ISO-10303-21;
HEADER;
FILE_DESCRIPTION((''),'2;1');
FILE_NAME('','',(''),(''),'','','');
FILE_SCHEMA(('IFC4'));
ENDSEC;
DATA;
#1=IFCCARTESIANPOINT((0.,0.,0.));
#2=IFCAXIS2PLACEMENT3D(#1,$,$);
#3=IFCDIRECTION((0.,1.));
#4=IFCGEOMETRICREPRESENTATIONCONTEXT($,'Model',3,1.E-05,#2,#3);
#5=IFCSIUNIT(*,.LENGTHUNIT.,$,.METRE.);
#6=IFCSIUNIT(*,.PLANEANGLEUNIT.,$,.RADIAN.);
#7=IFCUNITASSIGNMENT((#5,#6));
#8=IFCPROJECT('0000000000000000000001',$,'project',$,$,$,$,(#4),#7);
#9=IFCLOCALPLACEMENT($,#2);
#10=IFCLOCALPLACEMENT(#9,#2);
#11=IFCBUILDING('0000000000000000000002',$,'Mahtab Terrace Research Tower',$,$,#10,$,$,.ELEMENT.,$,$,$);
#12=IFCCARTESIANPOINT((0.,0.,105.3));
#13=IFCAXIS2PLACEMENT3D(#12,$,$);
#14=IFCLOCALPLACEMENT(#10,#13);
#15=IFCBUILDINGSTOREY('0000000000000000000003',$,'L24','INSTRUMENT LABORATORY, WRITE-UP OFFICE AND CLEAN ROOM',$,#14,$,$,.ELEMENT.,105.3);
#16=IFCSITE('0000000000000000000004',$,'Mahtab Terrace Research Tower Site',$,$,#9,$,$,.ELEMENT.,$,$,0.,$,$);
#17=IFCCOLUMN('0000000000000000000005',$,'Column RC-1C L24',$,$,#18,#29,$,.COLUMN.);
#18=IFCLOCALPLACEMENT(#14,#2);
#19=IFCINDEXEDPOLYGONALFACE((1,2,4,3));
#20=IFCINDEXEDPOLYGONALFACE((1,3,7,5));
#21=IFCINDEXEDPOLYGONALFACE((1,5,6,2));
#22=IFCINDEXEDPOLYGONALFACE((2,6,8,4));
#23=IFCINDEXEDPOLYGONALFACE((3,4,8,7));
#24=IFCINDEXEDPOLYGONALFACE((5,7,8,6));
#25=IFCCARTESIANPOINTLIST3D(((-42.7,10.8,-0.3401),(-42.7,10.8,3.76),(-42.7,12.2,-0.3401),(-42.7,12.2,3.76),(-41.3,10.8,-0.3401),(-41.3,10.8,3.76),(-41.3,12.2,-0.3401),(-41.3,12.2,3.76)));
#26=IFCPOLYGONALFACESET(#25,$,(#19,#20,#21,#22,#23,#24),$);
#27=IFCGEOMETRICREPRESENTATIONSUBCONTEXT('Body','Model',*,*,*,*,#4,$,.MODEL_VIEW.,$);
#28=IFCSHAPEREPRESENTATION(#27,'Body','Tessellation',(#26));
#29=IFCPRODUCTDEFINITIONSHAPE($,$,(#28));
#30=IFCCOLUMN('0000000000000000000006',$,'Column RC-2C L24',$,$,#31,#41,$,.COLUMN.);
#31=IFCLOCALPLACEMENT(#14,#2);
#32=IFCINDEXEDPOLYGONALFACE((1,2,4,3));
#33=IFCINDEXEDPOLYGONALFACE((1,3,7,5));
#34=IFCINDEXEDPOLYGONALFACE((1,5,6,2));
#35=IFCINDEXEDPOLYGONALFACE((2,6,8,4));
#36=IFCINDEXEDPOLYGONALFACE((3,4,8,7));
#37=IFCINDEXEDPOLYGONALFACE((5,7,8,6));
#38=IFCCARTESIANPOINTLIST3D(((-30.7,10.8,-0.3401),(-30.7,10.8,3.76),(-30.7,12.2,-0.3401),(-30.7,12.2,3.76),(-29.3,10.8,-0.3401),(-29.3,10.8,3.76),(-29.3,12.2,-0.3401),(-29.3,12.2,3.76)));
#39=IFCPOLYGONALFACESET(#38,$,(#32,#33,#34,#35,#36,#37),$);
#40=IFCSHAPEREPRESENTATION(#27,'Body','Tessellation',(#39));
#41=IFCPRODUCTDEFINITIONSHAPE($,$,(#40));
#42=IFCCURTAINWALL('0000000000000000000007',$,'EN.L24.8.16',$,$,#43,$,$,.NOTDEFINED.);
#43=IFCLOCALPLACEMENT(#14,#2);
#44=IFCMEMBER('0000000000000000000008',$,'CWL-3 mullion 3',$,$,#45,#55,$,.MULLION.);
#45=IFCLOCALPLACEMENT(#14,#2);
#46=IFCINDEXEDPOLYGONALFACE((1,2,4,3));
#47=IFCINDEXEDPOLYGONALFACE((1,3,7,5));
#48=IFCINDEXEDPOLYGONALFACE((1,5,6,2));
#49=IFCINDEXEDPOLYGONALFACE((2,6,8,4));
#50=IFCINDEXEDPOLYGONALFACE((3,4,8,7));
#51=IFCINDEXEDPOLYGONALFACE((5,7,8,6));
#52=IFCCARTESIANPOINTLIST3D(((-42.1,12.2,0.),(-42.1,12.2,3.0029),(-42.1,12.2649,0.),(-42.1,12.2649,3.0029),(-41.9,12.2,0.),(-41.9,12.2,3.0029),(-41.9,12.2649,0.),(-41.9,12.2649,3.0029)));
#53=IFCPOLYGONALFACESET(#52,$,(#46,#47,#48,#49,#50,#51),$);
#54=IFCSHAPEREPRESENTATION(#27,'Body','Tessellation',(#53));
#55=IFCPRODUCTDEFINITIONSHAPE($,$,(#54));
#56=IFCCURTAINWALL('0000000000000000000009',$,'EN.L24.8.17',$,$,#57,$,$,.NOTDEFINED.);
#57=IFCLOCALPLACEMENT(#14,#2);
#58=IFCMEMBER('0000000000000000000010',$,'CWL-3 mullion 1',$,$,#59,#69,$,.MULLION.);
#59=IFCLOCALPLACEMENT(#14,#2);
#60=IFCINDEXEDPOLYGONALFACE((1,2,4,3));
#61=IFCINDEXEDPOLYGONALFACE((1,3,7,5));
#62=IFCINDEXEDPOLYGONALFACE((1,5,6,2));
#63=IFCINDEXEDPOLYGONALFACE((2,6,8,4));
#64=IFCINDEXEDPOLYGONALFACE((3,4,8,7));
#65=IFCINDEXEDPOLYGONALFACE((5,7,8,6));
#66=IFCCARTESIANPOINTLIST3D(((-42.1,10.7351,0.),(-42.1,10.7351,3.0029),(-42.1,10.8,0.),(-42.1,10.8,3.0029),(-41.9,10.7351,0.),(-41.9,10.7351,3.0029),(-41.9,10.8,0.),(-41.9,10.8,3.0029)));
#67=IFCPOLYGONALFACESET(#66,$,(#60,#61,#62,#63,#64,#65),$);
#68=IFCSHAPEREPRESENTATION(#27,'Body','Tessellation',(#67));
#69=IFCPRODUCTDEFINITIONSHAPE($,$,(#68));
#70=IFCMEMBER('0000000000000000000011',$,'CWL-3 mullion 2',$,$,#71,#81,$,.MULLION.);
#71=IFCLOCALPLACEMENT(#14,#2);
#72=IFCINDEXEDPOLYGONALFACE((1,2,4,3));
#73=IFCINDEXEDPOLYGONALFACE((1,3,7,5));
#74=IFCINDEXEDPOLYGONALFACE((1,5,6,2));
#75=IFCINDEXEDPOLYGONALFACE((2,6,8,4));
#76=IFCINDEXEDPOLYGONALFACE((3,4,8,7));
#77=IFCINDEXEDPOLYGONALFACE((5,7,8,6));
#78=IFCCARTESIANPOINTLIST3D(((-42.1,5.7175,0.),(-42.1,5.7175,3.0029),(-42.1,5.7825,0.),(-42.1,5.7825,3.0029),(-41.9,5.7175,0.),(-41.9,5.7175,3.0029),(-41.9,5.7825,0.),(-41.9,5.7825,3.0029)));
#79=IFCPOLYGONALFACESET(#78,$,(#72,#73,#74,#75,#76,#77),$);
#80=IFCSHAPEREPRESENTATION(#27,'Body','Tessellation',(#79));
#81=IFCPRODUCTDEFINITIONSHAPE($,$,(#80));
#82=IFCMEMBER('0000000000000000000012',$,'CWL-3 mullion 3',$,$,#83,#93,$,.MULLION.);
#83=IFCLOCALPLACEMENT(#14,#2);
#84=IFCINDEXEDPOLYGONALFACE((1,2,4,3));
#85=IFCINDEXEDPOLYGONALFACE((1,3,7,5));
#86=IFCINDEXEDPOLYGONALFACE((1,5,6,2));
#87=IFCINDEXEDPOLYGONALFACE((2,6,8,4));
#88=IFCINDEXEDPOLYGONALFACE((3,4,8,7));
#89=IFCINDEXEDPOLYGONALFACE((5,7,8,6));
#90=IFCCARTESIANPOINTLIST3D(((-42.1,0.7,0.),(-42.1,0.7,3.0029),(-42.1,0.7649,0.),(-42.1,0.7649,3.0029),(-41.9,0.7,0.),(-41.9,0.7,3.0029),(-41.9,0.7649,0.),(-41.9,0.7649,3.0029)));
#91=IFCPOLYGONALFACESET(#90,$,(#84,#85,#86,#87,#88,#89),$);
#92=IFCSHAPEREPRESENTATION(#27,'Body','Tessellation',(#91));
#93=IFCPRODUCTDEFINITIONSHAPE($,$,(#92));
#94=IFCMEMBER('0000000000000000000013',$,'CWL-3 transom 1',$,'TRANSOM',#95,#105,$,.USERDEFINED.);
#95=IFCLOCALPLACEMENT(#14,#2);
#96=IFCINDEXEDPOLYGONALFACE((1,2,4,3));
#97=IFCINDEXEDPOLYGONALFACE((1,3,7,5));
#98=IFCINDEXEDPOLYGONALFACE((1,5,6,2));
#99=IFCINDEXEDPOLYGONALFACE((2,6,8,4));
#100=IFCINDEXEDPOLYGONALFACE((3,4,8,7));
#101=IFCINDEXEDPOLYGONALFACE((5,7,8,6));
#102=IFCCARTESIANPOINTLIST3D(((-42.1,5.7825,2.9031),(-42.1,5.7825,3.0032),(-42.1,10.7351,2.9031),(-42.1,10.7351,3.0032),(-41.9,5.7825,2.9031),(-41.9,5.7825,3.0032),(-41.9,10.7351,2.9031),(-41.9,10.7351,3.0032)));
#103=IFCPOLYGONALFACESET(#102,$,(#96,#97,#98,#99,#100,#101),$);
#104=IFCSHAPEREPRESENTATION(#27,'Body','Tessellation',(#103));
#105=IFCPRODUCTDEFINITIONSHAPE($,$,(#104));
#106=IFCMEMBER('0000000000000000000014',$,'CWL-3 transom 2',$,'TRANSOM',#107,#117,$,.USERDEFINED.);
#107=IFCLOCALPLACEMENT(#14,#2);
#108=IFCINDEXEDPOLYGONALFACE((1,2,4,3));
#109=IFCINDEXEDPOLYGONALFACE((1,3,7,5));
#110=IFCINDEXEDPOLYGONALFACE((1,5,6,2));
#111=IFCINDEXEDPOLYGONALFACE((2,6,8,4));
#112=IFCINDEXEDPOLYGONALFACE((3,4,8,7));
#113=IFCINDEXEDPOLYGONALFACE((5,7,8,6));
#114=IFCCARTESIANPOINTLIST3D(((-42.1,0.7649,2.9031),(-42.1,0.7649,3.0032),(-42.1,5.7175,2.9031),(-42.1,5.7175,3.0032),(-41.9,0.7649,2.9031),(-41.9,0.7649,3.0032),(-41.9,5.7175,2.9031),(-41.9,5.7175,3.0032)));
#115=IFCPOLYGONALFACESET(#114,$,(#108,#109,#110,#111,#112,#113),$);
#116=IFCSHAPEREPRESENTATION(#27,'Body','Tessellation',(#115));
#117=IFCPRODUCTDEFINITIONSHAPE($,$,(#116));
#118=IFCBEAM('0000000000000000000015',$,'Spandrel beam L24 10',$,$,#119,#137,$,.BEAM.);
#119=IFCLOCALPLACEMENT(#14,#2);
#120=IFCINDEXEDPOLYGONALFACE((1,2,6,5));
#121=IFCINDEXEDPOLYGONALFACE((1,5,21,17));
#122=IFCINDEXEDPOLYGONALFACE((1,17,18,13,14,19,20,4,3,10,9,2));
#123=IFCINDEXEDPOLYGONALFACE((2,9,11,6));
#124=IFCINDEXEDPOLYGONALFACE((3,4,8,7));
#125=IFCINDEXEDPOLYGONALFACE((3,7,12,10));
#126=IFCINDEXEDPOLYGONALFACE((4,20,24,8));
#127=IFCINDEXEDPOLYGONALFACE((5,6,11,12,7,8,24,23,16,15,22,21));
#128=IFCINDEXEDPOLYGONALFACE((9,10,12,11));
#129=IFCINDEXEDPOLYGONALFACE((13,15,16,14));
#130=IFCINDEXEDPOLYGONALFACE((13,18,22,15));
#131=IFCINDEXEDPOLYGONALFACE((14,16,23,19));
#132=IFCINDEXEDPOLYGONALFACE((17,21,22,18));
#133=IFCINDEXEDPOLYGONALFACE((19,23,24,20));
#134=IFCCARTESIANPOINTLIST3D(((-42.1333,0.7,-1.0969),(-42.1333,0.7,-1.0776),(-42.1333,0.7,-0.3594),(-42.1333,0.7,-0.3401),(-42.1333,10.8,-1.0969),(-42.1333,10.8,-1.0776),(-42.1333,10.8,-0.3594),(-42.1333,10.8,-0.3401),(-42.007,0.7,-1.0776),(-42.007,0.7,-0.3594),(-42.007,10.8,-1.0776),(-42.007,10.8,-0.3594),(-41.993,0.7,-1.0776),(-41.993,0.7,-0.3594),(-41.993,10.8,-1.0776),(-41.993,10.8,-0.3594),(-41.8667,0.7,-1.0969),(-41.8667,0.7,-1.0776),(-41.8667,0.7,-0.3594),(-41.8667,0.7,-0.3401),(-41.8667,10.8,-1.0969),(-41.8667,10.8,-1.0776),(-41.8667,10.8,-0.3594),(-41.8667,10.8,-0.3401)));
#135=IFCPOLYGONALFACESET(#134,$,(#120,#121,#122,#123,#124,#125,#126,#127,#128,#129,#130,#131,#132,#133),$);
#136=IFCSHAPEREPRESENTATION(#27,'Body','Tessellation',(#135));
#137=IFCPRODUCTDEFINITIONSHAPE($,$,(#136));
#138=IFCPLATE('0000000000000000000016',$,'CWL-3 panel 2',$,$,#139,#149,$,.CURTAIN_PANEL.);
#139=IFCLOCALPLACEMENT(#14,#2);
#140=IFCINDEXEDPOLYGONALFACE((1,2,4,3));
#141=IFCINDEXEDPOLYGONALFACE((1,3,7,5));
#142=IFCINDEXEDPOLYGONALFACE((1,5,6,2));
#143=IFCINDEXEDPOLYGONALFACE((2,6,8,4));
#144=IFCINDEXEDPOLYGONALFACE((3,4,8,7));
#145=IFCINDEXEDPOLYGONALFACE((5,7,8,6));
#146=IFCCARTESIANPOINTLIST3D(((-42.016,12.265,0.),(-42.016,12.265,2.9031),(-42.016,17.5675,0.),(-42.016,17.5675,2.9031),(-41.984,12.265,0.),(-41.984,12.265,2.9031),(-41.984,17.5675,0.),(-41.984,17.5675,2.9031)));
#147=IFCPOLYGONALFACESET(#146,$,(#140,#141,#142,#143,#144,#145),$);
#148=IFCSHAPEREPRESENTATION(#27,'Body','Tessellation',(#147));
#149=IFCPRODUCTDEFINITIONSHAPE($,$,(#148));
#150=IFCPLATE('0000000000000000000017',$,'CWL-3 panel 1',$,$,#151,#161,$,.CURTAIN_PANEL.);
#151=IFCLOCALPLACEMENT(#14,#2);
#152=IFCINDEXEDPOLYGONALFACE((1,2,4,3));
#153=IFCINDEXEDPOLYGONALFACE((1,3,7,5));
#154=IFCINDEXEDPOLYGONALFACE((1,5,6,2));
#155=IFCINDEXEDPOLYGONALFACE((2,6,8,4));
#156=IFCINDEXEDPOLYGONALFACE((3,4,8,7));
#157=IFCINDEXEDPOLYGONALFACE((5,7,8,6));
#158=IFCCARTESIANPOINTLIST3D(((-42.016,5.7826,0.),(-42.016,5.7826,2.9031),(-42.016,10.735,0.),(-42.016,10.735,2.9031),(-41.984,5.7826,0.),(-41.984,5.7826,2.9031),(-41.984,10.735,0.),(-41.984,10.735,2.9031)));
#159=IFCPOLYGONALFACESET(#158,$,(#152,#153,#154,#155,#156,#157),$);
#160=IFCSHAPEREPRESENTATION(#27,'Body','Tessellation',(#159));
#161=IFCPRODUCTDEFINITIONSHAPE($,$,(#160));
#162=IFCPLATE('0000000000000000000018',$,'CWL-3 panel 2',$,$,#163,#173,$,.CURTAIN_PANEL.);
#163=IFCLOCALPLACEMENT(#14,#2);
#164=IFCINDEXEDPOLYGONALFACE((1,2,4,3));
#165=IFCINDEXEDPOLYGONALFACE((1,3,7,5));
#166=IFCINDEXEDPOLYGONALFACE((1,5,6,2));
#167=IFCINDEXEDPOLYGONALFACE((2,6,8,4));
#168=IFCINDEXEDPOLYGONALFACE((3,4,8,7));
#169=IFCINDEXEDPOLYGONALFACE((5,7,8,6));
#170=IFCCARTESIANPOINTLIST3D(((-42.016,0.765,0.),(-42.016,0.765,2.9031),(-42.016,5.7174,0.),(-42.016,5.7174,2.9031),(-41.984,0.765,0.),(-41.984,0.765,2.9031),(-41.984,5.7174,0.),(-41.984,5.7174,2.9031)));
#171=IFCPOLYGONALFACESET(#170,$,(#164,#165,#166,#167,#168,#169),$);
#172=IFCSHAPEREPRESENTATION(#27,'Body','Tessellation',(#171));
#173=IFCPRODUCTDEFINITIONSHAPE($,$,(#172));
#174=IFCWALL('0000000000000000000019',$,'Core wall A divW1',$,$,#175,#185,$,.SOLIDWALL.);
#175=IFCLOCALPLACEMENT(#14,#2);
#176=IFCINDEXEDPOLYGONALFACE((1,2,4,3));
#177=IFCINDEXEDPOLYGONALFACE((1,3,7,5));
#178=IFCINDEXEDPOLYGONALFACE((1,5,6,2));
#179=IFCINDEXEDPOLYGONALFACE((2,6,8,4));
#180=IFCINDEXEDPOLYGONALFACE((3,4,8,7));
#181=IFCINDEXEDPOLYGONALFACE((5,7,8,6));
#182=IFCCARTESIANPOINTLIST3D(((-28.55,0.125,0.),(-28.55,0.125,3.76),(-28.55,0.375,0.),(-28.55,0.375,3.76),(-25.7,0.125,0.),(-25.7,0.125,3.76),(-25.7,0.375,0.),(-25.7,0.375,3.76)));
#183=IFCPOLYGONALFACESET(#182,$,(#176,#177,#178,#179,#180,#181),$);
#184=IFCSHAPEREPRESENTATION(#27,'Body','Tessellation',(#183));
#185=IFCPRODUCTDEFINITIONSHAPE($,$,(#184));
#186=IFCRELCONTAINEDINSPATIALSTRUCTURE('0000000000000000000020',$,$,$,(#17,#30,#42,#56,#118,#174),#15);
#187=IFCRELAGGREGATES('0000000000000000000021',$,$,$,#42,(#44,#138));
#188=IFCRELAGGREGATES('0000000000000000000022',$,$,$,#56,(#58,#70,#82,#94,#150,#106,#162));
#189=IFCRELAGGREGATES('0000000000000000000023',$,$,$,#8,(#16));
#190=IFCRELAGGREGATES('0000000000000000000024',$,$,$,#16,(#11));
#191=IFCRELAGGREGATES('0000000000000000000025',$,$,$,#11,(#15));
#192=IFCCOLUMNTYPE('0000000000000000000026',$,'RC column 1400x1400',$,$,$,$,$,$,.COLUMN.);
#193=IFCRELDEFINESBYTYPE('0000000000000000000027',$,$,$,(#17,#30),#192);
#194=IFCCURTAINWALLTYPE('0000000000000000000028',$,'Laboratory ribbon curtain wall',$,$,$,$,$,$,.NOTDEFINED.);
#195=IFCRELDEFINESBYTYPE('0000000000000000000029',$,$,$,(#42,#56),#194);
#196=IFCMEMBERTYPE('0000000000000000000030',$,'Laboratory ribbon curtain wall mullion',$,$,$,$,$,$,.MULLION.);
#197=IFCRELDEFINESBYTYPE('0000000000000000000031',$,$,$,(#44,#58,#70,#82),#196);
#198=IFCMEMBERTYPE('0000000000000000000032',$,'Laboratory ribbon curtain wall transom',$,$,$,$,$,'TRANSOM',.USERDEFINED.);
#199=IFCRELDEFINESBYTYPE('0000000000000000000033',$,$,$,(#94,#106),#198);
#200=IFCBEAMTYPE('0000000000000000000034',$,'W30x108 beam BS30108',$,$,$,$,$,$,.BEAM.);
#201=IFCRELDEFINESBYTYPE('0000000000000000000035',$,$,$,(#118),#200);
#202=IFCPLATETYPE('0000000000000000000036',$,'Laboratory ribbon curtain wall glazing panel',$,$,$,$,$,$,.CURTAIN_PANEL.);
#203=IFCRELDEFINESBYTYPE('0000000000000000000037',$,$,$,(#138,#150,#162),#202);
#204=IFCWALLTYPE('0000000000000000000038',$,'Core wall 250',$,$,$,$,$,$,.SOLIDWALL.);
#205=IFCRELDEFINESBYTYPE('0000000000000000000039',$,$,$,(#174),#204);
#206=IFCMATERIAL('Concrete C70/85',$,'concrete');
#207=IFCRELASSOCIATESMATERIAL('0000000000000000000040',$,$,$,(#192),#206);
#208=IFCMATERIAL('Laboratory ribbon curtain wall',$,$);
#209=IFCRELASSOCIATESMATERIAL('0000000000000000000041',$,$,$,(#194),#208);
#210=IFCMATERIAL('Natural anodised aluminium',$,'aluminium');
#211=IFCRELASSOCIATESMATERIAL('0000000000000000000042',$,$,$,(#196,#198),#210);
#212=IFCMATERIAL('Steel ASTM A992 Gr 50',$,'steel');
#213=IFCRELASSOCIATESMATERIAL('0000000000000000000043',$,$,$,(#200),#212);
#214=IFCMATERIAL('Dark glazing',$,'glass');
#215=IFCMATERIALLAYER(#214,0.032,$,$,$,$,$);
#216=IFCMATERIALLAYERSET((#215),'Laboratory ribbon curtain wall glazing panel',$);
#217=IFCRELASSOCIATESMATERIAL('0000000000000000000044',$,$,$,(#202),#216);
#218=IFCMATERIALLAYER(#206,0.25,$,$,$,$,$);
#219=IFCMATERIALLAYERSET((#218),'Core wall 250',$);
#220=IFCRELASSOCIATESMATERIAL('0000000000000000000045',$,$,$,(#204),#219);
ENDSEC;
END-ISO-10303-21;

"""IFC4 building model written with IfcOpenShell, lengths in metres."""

from ifc_helpers import new_model, si_unit, direction, frame, frame_2d, origin, origin_2d, place, context, subcontext, project, spatial, rectangle, i_section, extrude, material, layer, layer_set, material_profile, profile_set, type_object, element, aggregate, save


model = new_model("IFC4")

# Units and contexts
model_context = context("Model", 3, precision=1e-05, world=origin(), true_north=direction((0.0, 1.0)))
body_context = subcontext(model_context, "Body", "Model", "MODEL_VIEW")
ifc_project = project(units=[si_unit("LENGTHUNIT", "METRE"), si_unit("PLANEANGLEUNIT", "RADIAN")], contexts=[model_context])

# Site, building, storey
site_placement = place(None, origin())
site = spatial("IfcSite", under=ifc_project, at=site_placement, Name="Mahtab Terrace Research Tower Site", CompositionType="ELEMENT", RefElevation=0.0)
building_placement = place(site_placement, origin())
building = spatial("IfcBuilding", under=site, at=building_placement, Name="Mahtab Terrace Research Tower", CompositionType="ELEMENT")
storey_placement = place(building_placement, frame((0.0, 0.0, 105.3)))
storey = spatial("IfcBuildingStorey", under=building, at=storey_placement, Name="L24", Description="INSTRUMENT LABORATORY, WRITE-UP OFFICE AND CLEAN ROOM", CompositionType="ELEMENT", Elevation=105.3)

# Columns
ifc_material_1 = material(Name="Concrete C70/85", Category="concrete")
ifc_material_profile_1 = material_profile(ifc_material_1, rectangle(XDim=1.3999, YDim=1.3999, at=origin_2d()), Name="RC column 1400x1400")
ifc_profile_set_1 = profile_set([ifc_material_profile_1], Name="Concrete C70/85")
column_type = type_object("IfcColumnType", Name="RC column 1400x1400", PredefinedType="COLUMN", material=ifc_profile_set_1)
for number, where, z_axis, x_axis, name in (
    (1, (-42.0, 11.5, -0.3401), (0.0, 0.0, 1.0), (1.0, 0.0, 0.0), "Column RC-1C L24"),
    (2, (-30.0, 11.5, -0.3401), (0.0, 0.0, 1.0), (1.0, 0.0, 0.0), "Column RC-2C L24"),
):
    element("IfcColumn", number, at=place(storey_placement, frame(where, z_axis=z_axis, x_axis=x_axis)), inside=storey, type_object=column_type, Name=name, PredefinedType="COLUMN", context=body_context, shape_type="SweptSolid", body=[
        extrude(rectangle(XDim=1.3999, YDim=1.3999, at=origin_2d()), origin(), (0.0, 0.0, 1.0), 4.1001),
    ])

# Curtain wall, member
ifc_material_2 = material(Name="Laboratory ribbon curtain wall")
curtain_wall_type = type_object("IfcCurtainWallType", Name="Laboratory ribbon curtain wall", PredefinedType="NOTDEFINED", material=ifc_material_2)
curtain_wall_1_placement = place(storey_placement, origin())
curtain_wall_1 = element("IfcCurtainWall", 3, at=curtain_wall_1_placement, inside=storey, type_object=curtain_wall_type, Name="EN.L24.8.16", PredefinedType="NOTDEFINED")
ifc_material_3 = material(Name="Natural anodised aluminium", Category="aluminium")
ifc_material_profile_2 = material_profile(ifc_material_3, rectangle(XDim=0.2, YDim=0.0649, at=origin_2d()), Name="MULLION 65x200")
ifc_profile_set_2 = profile_set([ifc_material_profile_2], Name="Natural anodised aluminium")
member_type_1 = type_object("IfcMemberType", Name="Laboratory ribbon curtain wall mullion", PredefinedType="MULLION", material=ifc_profile_set_2)
member_1_placement = place(storey_placement, frame((-42.0, 12.2324, 0.0), z_axis=(0.0, 0.0, 1.0), x_axis=(1.0, 0.0, 0.0)))
member_1 = element("IfcMember", 4, at=member_1_placement, type_object=member_type_1, Name="CWL-3 mullion 3", PredefinedType="MULLION", context=body_context, shape_type="SweptSolid", body=[
    extrude(rectangle(XDim=0.2, YDim=0.0649, at=origin_2d()), origin(), (0.0, 0.0, 1.0), 3.0029),
])

# Curtain wall, members
curtain_wall_2_placement = place(storey_placement, origin())
curtain_wall_2 = element("IfcCurtainWall", 5, at=curtain_wall_2_placement, inside=storey, type_object=curtain_wall_type, Name="EN.L24.8.17", PredefinedType="NOTDEFINED")
member_2_placement = place(storey_placement, frame((-42.0, 10.7676, 0.0), z_axis=(0.0, 0.0, 1.0), x_axis=(1.0, 0.0, 0.0)))
member_2 = element("IfcMember", 6, at=member_2_placement, type_object=member_type_1, Name="CWL-3 mullion 1", PredefinedType="MULLION", context=body_context, shape_type="SweptSolid", body=[
    extrude(rectangle(XDim=0.2, YDim=0.0649, at=origin_2d()), origin(), (0.0, 0.0, 1.0), 3.0029),
])
member_3_placement = place(storey_placement, frame((-42.0, 5.75, 0.0), z_axis=(0.0, 0.0, 1.0), x_axis=(1.0, 0.0, 0.0)))
member_3 = element("IfcMember", 7, at=member_3_placement, type_object=member_type_1, Name="CWL-3 mullion 2", PredefinedType="MULLION", context=body_context, shape_type="SweptSolid", body=[
    extrude(rectangle(XDim=0.2, YDim=0.0649, at=origin_2d()), origin(), (0.0, 0.0, 1.0), 3.0029),
])
member_4_placement = place(storey_placement, frame((-42.0, 0.7324, 0.0), z_axis=(0.0, 0.0, 1.0), x_axis=(1.0, 0.0, 0.0)))
member_4 = element("IfcMember", 8, at=member_4_placement, type_object=member_type_1, Name="CWL-3 mullion 3", PredefinedType="MULLION", context=body_context, shape_type="SweptSolid", body=[
    extrude(rectangle(XDim=0.2, YDim=0.0649, at=origin_2d()), origin(), (0.0, 0.0, 1.0), 3.0029),
])
ifc_material_profile_3 = material_profile(ifc_material_3, rectangle(XDim=0.2, YDim=0.1001, at=origin_2d()), Name="TRANSOM 100x200")
ifc_profile_set_3 = profile_set([ifc_material_profile_3], Name="Natural anodised aluminium")
member_type_2 = type_object("IfcMemberType", Name="Laboratory ribbon curtain wall transom", ElementType="TRANSOM", PredefinedType="USERDEFINED", material=ifc_profile_set_3)
member_5_placement = place(storey_placement, frame((-42.0, 10.7351, 2.9531), z_axis=(0.0, -1.0, 0.0), x_axis=(1.0, 0.0, 0.0)))
member_5 = element("IfcMember", 9, at=member_5_placement, type_object=member_type_2, Name="CWL-3 transom 1", ObjectType="TRANSOM", PredefinedType="USERDEFINED", context=body_context, shape_type="SweptSolid", body=[
    extrude(rectangle(XDim=0.2, YDim=0.1001, at=origin_2d()), origin(), (0.0, 0.0, 1.0), 4.9526),
])
member_6_placement = place(storey_placement, frame((-42.0, 5.7175, 2.9531), z_axis=(0.0, -1.0, 0.0), x_axis=(1.0, 0.0, 0.0)))
member_6 = element("IfcMember", 10, at=member_6_placement, type_object=member_type_2, Name="CWL-3 transom 2", ObjectType="TRANSOM", PredefinedType="USERDEFINED", context=body_context, shape_type="SweptSolid", body=[
    extrude(rectangle(XDim=0.2, YDim=0.1001, at=origin_2d()), origin(), (0.0, 0.0, 1.0), 4.9526),
])

# Beam
ifc_material_4 = material(Name="Steel ASTM A992 Gr 50", Category="steel")
ifc_material_profile_4 = material_profile(ifc_material_4, i_section(OverallWidth=0.2666, OverallDepth=0.7568, WebThickness=0.0139, FlangeThickness=0.0193, at=origin_2d()), Name="W30X108")
ifc_profile_set_4 = profile_set([ifc_material_profile_4], Name="Steel ASTM A992 Gr 50")
beam_type = type_object("IfcBeamType", Name="W30x108 beam BS30108", PredefinedType="BEAM", material=ifc_profile_set_4)
beam_placement = place(storey_placement, frame((-42.0, 10.8, -0.7185), z_axis=(0.0, -1.0, 0.0), x_axis=(1.0, 0.0, 0.0)))
element("IfcBeam", 11, at=beam_placement, inside=storey, type_object=beam_type, Name="Spandrel beam L24 10", PredefinedType="BEAM", context=body_context, shape_type="SweptSolid", body=[
    extrude(i_section(OverallWidth=0.2666, OverallDepth=0.7568, WebThickness=0.0139, FlangeThickness=0.0193, at=origin_2d()), origin(), (0.0, 0.0, 1.0), 10.1001),
])

# Plates
ifc_material_5 = material(Name="Dark glazing", Category="glass")
ifc_layer_1 = layer(ifc_material_5, 0.032)
ifc_layer_set_1 = layer_set([ifc_layer_1], Name="Laboratory ribbon curtain wall glazing panel")
plate_type = type_object("IfcPlateType", Name="Laboratory ribbon curtain wall glazing panel", PredefinedType="CURTAIN_PANEL", material=ifc_layer_set_1)
plate_1_placement = place(storey_placement, frame((-42.0, 14.9163, 0.0), z_axis=(0.0, 0.0, 1.0), x_axis=(0.0, -1.0, 0.0)))
plate_1 = element("IfcPlate", 12, at=plate_1_placement, type_object=plate_type, Name="CWL-3 panel 2", PredefinedType="CURTAIN_PANEL", context=body_context, shape_type="SweptSolid", body=[
    extrude(rectangle(XDim=5.3025, YDim=0.032, at=origin_2d()), origin(), (0.0, 0.0, 1.0), 2.9031),
])
aggregate(curtain_wall_1, [member_1, plate_1])
plate_2_placement = place(storey_placement, frame((-42.0, 8.2588, 0.0), z_axis=(0.0, 0.0, 1.0), x_axis=(0.0, -1.0, 0.0)))
plate_2 = element("IfcPlate", 13, at=plate_2_placement, type_object=plate_type, Name="CWL-3 panel 1", PredefinedType="CURTAIN_PANEL", context=body_context, shape_type="SweptSolid", body=[
    extrude(rectangle(XDim=4.9524, YDim=0.032, at=origin_2d()), origin(), (0.0, 0.0, 1.0), 2.9031),
])
plate_3_placement = place(storey_placement, frame((-42.0, 3.2412, 0.0), z_axis=(0.0, 0.0, 1.0), x_axis=(0.0, -1.0, 0.0)))
plate_3 = element("IfcPlate", 14, at=plate_3_placement, type_object=plate_type, Name="CWL-3 panel 2", PredefinedType="CURTAIN_PANEL", context=body_context, shape_type="SweptSolid", body=[
    extrude(rectangle(XDim=4.9524, YDim=0.032, at=origin_2d()), origin(), (0.0, 0.0, 1.0), 2.9031),
])
aggregate(curtain_wall_2, [member_2, member_3, member_4, member_5, plate_2, member_6, plate_3])

# Wall
ifc_layer_2 = layer(ifc_material_1, 0.25)
ifc_layer_set_2 = layer_set([ifc_layer_2], Name="Core wall 250")
wall_type_1 = type_object("IfcWallType", Name="Core wall 250", PredefinedType="SOLIDWALL", material=ifc_layer_set_2)
for number, where, z_axis, x_axis, name in (
    (15, (-28.55, 0.25, 0.0), (0.0, 0.0, 1.0), (1.0, 0.0, 0.0), "Core wall A divW1"),
):
    element("IfcWall", number, at=place(storey_placement, frame(where, z_axis=z_axis, x_axis=x_axis)), inside=storey, type_object=wall_type_1, Name=name, PredefinedType="SOLIDWALL", context=body_context, shape_type="SweptSolid", body=[
        extrude(rectangle(XDim=2.8501, YDim=0.25, at=frame_2d((1.425, 0.0))), origin(), (0.0, 0.0, 1.0), 3.76),
    ])

save(model, "model.ifc")
